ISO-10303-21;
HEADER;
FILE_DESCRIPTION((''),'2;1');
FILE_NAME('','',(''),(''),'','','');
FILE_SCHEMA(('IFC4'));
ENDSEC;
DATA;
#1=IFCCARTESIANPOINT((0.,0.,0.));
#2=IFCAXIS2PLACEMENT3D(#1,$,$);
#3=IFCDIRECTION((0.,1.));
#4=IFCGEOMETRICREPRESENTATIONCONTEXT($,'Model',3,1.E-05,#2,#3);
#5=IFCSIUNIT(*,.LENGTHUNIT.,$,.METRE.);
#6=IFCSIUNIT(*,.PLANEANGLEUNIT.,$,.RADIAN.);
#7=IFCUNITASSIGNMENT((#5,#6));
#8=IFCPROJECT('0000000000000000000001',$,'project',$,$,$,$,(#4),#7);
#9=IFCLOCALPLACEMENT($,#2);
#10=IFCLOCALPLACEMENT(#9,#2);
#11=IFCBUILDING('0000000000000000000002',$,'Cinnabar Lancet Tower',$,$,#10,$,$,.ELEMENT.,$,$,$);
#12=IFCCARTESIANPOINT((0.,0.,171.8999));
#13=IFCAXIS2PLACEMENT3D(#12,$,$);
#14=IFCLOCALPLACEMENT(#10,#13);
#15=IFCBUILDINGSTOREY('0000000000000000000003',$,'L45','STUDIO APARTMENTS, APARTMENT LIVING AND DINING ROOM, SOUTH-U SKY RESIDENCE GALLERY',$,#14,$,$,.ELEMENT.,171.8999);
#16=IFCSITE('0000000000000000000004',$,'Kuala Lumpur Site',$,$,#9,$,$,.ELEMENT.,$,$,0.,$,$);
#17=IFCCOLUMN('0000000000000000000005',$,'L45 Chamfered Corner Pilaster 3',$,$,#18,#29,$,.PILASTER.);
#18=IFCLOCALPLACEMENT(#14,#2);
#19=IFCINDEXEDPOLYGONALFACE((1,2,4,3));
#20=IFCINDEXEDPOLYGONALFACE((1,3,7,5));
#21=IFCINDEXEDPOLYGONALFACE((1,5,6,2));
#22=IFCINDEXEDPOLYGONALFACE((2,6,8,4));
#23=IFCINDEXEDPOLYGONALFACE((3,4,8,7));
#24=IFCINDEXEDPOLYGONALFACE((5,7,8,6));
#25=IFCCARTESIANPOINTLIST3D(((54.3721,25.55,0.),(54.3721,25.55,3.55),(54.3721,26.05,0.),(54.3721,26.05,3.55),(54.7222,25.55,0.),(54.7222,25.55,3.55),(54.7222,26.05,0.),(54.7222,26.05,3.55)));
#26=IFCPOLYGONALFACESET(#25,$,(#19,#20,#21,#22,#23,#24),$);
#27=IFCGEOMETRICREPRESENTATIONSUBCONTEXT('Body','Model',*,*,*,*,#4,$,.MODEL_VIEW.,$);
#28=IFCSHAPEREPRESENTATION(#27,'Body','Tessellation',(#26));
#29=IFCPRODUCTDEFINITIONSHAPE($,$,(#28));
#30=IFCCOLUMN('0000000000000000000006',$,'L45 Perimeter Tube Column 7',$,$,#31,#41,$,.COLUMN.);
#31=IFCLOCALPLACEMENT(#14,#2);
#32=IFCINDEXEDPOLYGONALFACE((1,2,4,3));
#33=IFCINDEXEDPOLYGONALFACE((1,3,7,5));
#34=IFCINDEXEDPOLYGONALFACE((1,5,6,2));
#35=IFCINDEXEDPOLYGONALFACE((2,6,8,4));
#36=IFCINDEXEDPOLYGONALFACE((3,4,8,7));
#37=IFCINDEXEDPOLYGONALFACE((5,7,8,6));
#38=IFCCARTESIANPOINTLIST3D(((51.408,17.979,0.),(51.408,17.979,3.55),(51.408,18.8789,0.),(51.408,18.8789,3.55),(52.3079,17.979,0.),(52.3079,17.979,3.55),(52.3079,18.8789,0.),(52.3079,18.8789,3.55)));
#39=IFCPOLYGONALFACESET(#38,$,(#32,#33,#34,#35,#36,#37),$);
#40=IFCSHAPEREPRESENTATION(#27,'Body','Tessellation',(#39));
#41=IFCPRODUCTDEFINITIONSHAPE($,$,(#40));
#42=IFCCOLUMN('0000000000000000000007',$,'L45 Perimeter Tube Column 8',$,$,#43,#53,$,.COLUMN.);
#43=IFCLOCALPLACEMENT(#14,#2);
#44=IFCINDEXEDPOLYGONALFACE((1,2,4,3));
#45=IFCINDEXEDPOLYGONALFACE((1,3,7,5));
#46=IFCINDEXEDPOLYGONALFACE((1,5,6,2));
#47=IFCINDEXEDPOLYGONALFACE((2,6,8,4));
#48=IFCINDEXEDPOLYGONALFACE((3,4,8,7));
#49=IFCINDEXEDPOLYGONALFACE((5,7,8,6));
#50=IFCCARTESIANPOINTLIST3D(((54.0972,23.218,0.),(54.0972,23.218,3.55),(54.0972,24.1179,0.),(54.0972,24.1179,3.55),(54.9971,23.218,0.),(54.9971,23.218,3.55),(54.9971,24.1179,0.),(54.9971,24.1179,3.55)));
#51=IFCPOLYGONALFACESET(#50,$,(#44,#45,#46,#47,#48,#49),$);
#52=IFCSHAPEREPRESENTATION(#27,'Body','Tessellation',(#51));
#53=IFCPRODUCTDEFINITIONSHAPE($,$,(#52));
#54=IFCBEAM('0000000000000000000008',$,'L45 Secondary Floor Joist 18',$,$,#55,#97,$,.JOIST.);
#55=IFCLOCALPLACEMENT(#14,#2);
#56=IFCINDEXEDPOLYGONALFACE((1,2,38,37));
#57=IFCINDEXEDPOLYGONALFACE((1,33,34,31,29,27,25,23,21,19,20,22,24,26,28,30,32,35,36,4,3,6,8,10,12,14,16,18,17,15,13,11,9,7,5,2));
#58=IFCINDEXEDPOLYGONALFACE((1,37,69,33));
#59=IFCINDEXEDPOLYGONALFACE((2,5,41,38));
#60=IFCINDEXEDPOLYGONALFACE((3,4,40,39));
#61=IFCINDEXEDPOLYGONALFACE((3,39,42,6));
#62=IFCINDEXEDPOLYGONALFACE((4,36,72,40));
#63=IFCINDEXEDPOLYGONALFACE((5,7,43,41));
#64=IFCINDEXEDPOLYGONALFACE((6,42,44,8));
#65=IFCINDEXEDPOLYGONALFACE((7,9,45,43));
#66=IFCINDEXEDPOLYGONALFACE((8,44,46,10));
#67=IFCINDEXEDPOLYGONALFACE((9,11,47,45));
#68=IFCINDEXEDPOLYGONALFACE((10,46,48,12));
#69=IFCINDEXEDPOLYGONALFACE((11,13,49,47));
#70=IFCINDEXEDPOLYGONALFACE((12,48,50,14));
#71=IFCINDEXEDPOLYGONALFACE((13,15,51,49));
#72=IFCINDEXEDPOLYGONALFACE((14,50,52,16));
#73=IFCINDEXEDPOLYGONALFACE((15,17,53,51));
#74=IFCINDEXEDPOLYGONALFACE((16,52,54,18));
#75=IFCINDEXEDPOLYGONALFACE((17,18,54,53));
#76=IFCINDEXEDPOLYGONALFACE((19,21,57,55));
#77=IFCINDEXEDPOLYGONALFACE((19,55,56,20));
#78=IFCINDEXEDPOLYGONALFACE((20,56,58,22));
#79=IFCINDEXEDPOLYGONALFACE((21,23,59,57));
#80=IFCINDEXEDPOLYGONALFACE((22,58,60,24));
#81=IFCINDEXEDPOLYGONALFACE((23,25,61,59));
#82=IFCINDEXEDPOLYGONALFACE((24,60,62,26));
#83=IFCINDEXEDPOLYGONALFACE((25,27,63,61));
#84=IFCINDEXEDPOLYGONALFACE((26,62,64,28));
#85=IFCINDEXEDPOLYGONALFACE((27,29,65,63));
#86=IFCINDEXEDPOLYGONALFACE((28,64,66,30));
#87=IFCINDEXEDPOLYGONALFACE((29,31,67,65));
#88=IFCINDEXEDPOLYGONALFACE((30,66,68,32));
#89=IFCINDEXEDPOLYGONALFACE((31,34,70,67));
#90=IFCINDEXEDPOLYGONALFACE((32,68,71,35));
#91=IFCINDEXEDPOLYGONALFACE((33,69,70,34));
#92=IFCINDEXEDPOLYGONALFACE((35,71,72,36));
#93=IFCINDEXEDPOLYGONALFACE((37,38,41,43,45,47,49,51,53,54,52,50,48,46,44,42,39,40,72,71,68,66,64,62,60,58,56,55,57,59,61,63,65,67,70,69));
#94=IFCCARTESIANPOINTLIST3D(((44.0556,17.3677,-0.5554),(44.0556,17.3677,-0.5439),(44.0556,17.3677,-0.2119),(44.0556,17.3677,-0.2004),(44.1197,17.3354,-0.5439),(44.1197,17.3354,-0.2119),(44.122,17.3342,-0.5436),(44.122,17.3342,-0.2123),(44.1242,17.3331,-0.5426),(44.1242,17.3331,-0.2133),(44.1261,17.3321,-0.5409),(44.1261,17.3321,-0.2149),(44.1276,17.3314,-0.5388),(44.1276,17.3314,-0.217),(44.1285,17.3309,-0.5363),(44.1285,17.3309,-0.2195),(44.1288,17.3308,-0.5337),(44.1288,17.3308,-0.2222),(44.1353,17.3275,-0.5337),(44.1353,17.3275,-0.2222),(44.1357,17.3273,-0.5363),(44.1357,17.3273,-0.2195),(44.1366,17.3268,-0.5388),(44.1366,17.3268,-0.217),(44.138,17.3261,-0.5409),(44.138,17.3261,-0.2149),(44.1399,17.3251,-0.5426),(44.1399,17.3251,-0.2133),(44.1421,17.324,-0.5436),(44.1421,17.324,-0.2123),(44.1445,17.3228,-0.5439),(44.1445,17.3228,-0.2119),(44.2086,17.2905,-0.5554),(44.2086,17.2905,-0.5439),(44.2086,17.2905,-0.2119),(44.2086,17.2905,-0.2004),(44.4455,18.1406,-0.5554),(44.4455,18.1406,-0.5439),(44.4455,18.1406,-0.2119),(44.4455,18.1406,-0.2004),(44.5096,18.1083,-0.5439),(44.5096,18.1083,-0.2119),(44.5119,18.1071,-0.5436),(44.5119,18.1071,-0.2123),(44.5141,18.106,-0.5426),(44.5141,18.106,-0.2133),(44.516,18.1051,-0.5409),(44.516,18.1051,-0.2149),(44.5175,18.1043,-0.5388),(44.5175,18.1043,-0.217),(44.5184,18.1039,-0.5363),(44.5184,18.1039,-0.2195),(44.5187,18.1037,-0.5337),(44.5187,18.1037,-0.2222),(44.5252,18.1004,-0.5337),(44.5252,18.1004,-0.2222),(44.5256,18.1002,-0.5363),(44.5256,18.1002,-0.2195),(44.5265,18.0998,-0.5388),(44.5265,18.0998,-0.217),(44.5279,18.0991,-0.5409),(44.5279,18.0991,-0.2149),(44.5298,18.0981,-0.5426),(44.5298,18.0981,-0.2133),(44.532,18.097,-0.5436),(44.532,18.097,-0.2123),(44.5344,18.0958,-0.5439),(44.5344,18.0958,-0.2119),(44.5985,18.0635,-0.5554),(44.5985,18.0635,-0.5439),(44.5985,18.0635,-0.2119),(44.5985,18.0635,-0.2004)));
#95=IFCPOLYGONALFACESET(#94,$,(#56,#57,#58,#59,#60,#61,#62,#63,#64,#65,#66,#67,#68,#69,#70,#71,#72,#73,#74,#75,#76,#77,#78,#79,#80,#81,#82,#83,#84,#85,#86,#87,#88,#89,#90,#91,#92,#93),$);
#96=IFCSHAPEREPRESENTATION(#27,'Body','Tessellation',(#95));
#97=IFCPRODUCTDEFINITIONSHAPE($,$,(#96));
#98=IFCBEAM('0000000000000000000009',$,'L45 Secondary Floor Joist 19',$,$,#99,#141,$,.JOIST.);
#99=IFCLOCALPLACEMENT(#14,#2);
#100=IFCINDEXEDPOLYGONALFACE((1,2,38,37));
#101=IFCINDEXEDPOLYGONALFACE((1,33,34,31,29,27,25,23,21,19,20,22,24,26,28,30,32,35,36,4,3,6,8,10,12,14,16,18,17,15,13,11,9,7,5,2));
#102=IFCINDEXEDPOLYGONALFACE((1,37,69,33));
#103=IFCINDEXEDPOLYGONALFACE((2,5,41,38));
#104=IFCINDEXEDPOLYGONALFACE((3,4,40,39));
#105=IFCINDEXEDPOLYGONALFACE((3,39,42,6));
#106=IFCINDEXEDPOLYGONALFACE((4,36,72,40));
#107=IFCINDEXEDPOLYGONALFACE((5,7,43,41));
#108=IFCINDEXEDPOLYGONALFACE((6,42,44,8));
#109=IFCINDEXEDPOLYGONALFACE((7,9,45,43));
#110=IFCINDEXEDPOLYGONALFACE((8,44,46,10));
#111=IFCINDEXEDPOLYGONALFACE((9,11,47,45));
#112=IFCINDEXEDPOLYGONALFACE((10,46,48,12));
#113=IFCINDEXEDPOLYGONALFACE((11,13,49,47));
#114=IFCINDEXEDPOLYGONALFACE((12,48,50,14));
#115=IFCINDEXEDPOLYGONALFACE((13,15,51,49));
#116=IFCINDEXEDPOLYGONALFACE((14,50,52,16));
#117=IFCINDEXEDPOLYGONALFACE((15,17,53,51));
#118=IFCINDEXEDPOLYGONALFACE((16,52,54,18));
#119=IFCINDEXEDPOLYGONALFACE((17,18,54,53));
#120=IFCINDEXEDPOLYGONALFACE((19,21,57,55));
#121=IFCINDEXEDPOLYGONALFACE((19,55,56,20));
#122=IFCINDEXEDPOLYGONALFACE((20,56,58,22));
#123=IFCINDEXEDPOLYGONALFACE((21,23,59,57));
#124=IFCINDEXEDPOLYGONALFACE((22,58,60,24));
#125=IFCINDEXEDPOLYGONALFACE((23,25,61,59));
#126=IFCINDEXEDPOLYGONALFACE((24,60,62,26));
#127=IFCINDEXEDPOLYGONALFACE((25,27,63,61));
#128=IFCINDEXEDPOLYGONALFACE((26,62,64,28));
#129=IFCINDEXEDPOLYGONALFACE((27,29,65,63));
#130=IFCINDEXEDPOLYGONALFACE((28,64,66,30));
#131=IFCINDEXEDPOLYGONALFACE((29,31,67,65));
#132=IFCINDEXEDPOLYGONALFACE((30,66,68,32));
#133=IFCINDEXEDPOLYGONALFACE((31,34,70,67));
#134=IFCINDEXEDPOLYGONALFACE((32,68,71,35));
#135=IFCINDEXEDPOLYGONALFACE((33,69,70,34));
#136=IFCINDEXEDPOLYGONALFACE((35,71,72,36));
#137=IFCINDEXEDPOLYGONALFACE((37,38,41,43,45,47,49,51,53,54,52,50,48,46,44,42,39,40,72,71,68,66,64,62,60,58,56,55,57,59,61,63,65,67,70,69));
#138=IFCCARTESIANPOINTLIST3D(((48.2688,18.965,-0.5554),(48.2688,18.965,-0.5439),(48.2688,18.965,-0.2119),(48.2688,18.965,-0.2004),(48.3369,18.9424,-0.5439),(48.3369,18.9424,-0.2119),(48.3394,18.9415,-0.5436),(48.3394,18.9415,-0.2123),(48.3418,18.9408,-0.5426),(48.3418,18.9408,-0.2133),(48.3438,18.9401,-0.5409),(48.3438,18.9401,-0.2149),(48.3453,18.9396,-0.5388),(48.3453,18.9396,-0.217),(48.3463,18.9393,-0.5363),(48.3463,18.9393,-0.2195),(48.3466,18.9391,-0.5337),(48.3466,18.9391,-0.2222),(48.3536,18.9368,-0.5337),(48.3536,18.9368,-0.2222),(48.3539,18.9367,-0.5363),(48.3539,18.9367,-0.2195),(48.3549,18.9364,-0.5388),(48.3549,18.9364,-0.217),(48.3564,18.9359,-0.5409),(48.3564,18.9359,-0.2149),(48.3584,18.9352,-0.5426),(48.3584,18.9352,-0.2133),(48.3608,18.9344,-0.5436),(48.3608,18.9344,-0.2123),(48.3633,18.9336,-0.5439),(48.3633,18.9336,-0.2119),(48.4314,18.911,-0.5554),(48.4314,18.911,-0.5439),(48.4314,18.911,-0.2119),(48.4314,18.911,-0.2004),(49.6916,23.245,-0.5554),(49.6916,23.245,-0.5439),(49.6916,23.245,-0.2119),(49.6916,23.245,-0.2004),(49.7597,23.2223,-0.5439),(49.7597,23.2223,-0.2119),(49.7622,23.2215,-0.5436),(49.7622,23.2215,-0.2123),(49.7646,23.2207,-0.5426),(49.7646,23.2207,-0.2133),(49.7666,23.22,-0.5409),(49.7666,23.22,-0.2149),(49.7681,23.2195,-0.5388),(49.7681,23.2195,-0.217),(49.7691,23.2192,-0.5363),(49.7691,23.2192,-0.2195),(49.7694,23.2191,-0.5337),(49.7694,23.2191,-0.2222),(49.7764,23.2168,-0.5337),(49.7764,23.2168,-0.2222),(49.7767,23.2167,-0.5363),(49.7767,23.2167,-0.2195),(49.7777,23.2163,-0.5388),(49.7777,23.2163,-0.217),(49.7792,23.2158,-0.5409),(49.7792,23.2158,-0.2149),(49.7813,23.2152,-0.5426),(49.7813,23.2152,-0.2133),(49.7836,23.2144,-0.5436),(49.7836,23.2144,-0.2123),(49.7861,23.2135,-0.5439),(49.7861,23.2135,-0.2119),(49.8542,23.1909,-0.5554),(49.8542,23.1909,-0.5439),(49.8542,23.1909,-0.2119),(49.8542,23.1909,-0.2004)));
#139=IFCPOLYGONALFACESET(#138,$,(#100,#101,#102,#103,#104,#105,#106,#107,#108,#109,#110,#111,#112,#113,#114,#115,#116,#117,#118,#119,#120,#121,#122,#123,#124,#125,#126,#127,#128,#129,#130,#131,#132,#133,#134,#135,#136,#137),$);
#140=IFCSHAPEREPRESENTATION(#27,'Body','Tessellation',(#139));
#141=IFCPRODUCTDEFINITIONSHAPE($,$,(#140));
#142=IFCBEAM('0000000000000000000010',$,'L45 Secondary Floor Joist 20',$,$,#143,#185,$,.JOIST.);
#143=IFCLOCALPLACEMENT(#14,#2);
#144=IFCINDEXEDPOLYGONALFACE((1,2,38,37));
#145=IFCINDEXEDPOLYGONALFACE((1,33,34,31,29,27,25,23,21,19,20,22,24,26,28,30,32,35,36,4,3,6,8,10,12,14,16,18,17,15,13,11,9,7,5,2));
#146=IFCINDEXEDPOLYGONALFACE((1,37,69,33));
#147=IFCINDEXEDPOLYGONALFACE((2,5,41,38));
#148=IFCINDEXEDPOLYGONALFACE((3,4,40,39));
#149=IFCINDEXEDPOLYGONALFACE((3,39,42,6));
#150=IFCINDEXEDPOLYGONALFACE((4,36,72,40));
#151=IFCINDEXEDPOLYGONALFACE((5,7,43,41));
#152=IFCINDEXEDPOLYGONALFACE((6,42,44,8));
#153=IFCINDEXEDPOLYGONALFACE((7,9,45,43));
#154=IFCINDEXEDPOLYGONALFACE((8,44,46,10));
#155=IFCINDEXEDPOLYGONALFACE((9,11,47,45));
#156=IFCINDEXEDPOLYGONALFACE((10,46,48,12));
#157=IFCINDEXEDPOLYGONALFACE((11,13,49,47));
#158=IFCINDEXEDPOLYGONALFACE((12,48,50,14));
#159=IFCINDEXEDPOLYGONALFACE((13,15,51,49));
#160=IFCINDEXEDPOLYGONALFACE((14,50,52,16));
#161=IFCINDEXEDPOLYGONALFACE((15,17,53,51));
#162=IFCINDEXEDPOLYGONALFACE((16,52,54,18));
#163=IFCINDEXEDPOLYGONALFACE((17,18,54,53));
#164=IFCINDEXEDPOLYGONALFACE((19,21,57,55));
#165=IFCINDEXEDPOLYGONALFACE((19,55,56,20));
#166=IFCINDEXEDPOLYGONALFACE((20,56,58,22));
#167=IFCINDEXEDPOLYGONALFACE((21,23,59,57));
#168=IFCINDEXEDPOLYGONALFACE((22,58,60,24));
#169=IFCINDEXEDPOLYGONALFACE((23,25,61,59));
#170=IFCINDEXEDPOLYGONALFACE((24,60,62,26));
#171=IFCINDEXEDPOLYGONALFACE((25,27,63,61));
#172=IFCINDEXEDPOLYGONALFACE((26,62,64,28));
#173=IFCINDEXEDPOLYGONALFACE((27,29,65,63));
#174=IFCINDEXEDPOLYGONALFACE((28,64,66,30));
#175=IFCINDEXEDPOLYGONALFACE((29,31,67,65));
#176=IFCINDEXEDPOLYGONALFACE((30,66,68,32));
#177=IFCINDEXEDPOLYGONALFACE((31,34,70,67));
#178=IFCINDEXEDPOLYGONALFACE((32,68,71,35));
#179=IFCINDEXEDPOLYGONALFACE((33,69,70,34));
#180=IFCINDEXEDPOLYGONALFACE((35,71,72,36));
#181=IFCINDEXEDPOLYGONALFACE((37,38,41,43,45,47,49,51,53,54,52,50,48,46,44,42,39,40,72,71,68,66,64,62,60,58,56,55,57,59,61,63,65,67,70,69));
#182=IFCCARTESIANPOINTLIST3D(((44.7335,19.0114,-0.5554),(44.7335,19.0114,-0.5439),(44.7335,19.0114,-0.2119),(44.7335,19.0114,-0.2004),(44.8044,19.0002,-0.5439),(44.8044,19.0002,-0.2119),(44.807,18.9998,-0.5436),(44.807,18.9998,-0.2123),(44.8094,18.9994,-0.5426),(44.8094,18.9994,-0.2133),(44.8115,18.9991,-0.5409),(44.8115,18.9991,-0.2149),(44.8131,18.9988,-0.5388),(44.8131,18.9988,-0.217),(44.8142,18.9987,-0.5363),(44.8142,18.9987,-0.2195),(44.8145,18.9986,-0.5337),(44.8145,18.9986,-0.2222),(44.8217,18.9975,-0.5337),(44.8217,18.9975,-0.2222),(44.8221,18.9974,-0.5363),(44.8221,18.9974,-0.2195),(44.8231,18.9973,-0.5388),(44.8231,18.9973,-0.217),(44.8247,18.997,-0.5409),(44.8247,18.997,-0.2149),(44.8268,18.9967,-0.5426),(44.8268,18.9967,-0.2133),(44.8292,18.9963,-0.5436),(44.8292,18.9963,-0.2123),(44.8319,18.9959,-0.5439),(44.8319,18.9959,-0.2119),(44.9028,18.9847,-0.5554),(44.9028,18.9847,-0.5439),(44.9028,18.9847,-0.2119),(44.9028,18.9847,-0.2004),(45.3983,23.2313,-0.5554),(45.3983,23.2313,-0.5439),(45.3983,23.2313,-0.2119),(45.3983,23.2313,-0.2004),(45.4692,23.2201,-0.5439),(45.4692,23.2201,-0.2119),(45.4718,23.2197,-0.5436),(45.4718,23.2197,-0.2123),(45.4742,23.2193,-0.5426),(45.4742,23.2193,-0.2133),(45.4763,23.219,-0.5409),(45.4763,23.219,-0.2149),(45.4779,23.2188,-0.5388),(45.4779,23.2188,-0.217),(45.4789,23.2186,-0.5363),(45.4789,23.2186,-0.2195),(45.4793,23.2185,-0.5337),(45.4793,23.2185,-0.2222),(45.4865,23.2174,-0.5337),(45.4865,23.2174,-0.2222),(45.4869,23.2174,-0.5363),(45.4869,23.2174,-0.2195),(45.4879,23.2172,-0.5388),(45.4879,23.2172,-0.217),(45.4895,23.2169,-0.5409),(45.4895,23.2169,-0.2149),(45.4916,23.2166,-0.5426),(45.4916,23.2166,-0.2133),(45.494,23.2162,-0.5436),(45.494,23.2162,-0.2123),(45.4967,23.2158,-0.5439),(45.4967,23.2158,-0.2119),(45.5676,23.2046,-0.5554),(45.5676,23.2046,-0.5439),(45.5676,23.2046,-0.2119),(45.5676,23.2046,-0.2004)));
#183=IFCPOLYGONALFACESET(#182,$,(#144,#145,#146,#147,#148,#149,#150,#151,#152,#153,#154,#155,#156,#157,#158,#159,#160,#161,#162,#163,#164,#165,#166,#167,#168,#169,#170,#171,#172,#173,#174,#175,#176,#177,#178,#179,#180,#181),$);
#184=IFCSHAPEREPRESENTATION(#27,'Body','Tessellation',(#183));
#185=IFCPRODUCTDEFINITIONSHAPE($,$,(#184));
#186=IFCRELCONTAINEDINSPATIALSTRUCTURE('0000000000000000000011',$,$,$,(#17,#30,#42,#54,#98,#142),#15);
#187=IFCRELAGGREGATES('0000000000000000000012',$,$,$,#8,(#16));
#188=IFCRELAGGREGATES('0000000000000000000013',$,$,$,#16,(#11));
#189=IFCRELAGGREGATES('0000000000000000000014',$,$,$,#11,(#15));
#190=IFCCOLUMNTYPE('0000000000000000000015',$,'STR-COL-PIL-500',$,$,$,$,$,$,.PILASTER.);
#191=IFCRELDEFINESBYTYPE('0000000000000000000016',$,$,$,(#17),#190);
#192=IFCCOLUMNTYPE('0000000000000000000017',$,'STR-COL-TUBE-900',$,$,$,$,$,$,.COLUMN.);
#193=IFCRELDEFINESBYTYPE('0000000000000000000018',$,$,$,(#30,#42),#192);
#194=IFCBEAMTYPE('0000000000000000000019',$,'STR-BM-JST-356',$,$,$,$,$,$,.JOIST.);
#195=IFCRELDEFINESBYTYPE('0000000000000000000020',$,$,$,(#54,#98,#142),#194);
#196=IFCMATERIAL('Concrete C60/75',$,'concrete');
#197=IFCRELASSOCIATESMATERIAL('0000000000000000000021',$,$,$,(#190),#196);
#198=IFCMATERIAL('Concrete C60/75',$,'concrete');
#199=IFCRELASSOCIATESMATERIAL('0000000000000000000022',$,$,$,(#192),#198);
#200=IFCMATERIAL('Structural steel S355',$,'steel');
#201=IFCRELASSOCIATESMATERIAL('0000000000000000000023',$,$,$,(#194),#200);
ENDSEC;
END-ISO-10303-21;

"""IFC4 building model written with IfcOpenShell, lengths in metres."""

from ifc_helpers import new_model, si_unit, direction, frame, origin, origin_2d, place, context, subcontext, project, spatial, rectangle, i_section, extrude, material, material_profile, profile_set, type_object, element, save


model = new_model("IFC4")

# Units and contexts
model_context = context("Model", 3, precision=1e-05, world=origin(), true_north=direction((0.0, 1.0)))
body_context = subcontext(model_context, "Body", "Model", "MODEL_VIEW")
ifc_project = project(units=[si_unit("LENGTHUNIT", "METRE"), si_unit("PLANEANGLEUNIT", "RADIAN")], contexts=[model_context])

# Site, building, storey
site_placement = place(None, origin())
site = spatial("IfcSite", under=ifc_project, at=site_placement, Name="Kuala Lumpur Site", CompositionType="ELEMENT", RefElevation=0.0)
building_placement = place(site_placement, origin())
building = spatial("IfcBuilding", under=site, at=building_placement, Name="Cinnabar Lancet Tower", CompositionType="ELEMENT")
storey_placement = place(building_placement, frame((0.0, 0.0, 171.8999)))
storey = spatial("IfcBuildingStorey", under=building, at=storey_placement, Name="L45", Description="STUDIO APARTMENTS, APARTMENT LIVING AND DINING ROOM, SOUTH-U SKY RESIDENCE GALLERY", CompositionType="ELEMENT", Elevation=171.8999)

# Columns
ifc_material_1 = material(Name="Concrete C60/75", Category="concrete")
ifc_material_profile_1 = material_profile(ifc_material_1, rectangle(XDim=0.5, YDim=0.3501, at=origin_2d()), Name="RC-PIL 500x350")
ifc_profile_set_1 = profile_set([ifc_material_profile_1], Name="Concrete C60/75")
column_type_1 = type_object("IfcColumnType", Name="STR-COL-PIL-500", PredefinedType="PILASTER", material=ifc_profile_set_1)
column_placement = place(storey_placement, frame((54.5471, 25.8, 0.0), z_axis=(0.0, 0.0, 1.0), x_axis=(0.0, 1.0, 0.0)))
element("IfcColumn", 1, at=column_placement, inside=storey, type_object=column_type_1, Name="L45 Chamfered Corner Pilaster 3", PredefinedType="PILASTER", context=body_context, shape_type="SweptSolid", body=[
    extrude(rectangle(XDim=0.5, YDim=0.3501, at=origin_2d()), origin(), (0.0, 0.0, 1.0), 3.55),
])
ifc_material_2 = material(Name="Concrete C60/75", Category="concrete")
ifc_material_profile_2 = material_profile(ifc_material_2, rectangle(XDim=0.8999, YDim=0.8999, at=origin_2d()), Name="RC-COL 900x900")
ifc_profile_set_2 = profile_set([ifc_material_profile_2], Name="Concrete C60/75")
column_type_2 = type_object("IfcColumnType", Name="STR-COL-TUBE-900", PredefinedType="COLUMN", material=ifc_profile_set_2)
for number, where, z_axis, x_axis, name in (
    (2, (51.8579, 18.429, 0.0), (0.0, 0.0, 1.0), (1.0, 0.0, 0.0), "L45 Perimeter Tube Column 7"),
    (3, (54.5471, 23.668, 0.0), (0.0, 0.0, 1.0), (1.0, 0.0, 0.0), "L45 Perimeter Tube Column 8"),
):
    element("IfcColumn", number, at=place(storey_placement, frame(where, z_axis=z_axis, x_axis=x_axis)), inside=storey, type_object=column_type_2, Name=name, PredefinedType="COLUMN", context=body_context, shape_type="SweptSolid", body=[
        extrude(rectangle(XDim=0.8999, YDim=0.8999, at=origin_2d()), origin(), (0.0, 0.0, 1.0), 3.55),
    ])

# Beams
ifc_material_3 = material(Name="Structural steel S355", Category="steel")
ifc_material_profile_3 = material_profile(ifc_material_3, i_section(OverallWidth=0.1714, OverallDepth=0.355, WebThickness=0.0073, FlangeThickness=0.0115, FilletRadius=0.0103, at=origin_2d()), Name="UKB 356x171x51")
ifc_profile_set_3 = profile_set([ifc_material_profile_3], Name="Structural steel S355")
beam_type_1 = type_object("IfcBeamType", Name="STR-BM-JST-356", PredefinedType="JOIST", material=ifc_profile_set_3)
beam_1_placement = place(storey_placement, frame((44.1321, 17.3291, -0.3779), z_axis=(0.450369, 0.892842, 0.0), x_axis=(-0.892842, 0.450369, 0.0)))
element("IfcBeam", 4, at=beam_1_placement, inside=storey, type_object=beam_type_1, Name="L45 Secondary Floor Joist 18", PredefinedType="JOIST", context=body_context, shape_type="SweptSolid", body=[
    extrude(i_section(OverallWidth=0.1714, OverallDepth=0.355, WebThickness=0.0073, FlangeThickness=0.0115, FilletRadius=0.0103, at=origin_2d()), origin(), (0.0, 0.0, 1.0), 0.8657),
])
beam_2_placement = place(storey_placement, frame((48.3501, 18.938, -0.3779), z_axis=(0.315464, 0.948937, 0.0), x_axis=(-0.948937, 0.315464, 0.0)))
element("IfcBeam", 5, at=beam_2_placement, inside=storey, type_object=beam_type_1, Name="L45 Secondary Floor Joist 19", PredefinedType="JOIST", context=body_context, shape_type="SweptSolid", body=[
    extrude(i_section(OverallWidth=0.1714, OverallDepth=0.355, WebThickness=0.0073, FlangeThickness=0.0115, FilletRadius=0.0103, at=origin_2d()), origin(), (0.0, 0.0, 1.0), 4.5103),
])
beam_3_placement = place(storey_placement, frame((44.8181, 18.998, -0.3779), z_axis=(0.155616, 0.987818, 0.0), x_axis=(-0.987818, 0.155616, 0.0)))
element("IfcBeam", 6, at=beam_3_placement, inside=storey, type_object=beam_type_1, Name="L45 Secondary Floor Joist 20", PredefinedType="JOIST", context=body_context, shape_type="SweptSolid", body=[
    extrude(i_section(OverallWidth=0.1714, OverallDepth=0.355, WebThickness=0.0073, FlangeThickness=0.0115, FilletRadius=0.0103, at=origin_2d()), origin(), (0.0, 0.0, 1.0), 4.272),
])

save(model, "model.ifc")
